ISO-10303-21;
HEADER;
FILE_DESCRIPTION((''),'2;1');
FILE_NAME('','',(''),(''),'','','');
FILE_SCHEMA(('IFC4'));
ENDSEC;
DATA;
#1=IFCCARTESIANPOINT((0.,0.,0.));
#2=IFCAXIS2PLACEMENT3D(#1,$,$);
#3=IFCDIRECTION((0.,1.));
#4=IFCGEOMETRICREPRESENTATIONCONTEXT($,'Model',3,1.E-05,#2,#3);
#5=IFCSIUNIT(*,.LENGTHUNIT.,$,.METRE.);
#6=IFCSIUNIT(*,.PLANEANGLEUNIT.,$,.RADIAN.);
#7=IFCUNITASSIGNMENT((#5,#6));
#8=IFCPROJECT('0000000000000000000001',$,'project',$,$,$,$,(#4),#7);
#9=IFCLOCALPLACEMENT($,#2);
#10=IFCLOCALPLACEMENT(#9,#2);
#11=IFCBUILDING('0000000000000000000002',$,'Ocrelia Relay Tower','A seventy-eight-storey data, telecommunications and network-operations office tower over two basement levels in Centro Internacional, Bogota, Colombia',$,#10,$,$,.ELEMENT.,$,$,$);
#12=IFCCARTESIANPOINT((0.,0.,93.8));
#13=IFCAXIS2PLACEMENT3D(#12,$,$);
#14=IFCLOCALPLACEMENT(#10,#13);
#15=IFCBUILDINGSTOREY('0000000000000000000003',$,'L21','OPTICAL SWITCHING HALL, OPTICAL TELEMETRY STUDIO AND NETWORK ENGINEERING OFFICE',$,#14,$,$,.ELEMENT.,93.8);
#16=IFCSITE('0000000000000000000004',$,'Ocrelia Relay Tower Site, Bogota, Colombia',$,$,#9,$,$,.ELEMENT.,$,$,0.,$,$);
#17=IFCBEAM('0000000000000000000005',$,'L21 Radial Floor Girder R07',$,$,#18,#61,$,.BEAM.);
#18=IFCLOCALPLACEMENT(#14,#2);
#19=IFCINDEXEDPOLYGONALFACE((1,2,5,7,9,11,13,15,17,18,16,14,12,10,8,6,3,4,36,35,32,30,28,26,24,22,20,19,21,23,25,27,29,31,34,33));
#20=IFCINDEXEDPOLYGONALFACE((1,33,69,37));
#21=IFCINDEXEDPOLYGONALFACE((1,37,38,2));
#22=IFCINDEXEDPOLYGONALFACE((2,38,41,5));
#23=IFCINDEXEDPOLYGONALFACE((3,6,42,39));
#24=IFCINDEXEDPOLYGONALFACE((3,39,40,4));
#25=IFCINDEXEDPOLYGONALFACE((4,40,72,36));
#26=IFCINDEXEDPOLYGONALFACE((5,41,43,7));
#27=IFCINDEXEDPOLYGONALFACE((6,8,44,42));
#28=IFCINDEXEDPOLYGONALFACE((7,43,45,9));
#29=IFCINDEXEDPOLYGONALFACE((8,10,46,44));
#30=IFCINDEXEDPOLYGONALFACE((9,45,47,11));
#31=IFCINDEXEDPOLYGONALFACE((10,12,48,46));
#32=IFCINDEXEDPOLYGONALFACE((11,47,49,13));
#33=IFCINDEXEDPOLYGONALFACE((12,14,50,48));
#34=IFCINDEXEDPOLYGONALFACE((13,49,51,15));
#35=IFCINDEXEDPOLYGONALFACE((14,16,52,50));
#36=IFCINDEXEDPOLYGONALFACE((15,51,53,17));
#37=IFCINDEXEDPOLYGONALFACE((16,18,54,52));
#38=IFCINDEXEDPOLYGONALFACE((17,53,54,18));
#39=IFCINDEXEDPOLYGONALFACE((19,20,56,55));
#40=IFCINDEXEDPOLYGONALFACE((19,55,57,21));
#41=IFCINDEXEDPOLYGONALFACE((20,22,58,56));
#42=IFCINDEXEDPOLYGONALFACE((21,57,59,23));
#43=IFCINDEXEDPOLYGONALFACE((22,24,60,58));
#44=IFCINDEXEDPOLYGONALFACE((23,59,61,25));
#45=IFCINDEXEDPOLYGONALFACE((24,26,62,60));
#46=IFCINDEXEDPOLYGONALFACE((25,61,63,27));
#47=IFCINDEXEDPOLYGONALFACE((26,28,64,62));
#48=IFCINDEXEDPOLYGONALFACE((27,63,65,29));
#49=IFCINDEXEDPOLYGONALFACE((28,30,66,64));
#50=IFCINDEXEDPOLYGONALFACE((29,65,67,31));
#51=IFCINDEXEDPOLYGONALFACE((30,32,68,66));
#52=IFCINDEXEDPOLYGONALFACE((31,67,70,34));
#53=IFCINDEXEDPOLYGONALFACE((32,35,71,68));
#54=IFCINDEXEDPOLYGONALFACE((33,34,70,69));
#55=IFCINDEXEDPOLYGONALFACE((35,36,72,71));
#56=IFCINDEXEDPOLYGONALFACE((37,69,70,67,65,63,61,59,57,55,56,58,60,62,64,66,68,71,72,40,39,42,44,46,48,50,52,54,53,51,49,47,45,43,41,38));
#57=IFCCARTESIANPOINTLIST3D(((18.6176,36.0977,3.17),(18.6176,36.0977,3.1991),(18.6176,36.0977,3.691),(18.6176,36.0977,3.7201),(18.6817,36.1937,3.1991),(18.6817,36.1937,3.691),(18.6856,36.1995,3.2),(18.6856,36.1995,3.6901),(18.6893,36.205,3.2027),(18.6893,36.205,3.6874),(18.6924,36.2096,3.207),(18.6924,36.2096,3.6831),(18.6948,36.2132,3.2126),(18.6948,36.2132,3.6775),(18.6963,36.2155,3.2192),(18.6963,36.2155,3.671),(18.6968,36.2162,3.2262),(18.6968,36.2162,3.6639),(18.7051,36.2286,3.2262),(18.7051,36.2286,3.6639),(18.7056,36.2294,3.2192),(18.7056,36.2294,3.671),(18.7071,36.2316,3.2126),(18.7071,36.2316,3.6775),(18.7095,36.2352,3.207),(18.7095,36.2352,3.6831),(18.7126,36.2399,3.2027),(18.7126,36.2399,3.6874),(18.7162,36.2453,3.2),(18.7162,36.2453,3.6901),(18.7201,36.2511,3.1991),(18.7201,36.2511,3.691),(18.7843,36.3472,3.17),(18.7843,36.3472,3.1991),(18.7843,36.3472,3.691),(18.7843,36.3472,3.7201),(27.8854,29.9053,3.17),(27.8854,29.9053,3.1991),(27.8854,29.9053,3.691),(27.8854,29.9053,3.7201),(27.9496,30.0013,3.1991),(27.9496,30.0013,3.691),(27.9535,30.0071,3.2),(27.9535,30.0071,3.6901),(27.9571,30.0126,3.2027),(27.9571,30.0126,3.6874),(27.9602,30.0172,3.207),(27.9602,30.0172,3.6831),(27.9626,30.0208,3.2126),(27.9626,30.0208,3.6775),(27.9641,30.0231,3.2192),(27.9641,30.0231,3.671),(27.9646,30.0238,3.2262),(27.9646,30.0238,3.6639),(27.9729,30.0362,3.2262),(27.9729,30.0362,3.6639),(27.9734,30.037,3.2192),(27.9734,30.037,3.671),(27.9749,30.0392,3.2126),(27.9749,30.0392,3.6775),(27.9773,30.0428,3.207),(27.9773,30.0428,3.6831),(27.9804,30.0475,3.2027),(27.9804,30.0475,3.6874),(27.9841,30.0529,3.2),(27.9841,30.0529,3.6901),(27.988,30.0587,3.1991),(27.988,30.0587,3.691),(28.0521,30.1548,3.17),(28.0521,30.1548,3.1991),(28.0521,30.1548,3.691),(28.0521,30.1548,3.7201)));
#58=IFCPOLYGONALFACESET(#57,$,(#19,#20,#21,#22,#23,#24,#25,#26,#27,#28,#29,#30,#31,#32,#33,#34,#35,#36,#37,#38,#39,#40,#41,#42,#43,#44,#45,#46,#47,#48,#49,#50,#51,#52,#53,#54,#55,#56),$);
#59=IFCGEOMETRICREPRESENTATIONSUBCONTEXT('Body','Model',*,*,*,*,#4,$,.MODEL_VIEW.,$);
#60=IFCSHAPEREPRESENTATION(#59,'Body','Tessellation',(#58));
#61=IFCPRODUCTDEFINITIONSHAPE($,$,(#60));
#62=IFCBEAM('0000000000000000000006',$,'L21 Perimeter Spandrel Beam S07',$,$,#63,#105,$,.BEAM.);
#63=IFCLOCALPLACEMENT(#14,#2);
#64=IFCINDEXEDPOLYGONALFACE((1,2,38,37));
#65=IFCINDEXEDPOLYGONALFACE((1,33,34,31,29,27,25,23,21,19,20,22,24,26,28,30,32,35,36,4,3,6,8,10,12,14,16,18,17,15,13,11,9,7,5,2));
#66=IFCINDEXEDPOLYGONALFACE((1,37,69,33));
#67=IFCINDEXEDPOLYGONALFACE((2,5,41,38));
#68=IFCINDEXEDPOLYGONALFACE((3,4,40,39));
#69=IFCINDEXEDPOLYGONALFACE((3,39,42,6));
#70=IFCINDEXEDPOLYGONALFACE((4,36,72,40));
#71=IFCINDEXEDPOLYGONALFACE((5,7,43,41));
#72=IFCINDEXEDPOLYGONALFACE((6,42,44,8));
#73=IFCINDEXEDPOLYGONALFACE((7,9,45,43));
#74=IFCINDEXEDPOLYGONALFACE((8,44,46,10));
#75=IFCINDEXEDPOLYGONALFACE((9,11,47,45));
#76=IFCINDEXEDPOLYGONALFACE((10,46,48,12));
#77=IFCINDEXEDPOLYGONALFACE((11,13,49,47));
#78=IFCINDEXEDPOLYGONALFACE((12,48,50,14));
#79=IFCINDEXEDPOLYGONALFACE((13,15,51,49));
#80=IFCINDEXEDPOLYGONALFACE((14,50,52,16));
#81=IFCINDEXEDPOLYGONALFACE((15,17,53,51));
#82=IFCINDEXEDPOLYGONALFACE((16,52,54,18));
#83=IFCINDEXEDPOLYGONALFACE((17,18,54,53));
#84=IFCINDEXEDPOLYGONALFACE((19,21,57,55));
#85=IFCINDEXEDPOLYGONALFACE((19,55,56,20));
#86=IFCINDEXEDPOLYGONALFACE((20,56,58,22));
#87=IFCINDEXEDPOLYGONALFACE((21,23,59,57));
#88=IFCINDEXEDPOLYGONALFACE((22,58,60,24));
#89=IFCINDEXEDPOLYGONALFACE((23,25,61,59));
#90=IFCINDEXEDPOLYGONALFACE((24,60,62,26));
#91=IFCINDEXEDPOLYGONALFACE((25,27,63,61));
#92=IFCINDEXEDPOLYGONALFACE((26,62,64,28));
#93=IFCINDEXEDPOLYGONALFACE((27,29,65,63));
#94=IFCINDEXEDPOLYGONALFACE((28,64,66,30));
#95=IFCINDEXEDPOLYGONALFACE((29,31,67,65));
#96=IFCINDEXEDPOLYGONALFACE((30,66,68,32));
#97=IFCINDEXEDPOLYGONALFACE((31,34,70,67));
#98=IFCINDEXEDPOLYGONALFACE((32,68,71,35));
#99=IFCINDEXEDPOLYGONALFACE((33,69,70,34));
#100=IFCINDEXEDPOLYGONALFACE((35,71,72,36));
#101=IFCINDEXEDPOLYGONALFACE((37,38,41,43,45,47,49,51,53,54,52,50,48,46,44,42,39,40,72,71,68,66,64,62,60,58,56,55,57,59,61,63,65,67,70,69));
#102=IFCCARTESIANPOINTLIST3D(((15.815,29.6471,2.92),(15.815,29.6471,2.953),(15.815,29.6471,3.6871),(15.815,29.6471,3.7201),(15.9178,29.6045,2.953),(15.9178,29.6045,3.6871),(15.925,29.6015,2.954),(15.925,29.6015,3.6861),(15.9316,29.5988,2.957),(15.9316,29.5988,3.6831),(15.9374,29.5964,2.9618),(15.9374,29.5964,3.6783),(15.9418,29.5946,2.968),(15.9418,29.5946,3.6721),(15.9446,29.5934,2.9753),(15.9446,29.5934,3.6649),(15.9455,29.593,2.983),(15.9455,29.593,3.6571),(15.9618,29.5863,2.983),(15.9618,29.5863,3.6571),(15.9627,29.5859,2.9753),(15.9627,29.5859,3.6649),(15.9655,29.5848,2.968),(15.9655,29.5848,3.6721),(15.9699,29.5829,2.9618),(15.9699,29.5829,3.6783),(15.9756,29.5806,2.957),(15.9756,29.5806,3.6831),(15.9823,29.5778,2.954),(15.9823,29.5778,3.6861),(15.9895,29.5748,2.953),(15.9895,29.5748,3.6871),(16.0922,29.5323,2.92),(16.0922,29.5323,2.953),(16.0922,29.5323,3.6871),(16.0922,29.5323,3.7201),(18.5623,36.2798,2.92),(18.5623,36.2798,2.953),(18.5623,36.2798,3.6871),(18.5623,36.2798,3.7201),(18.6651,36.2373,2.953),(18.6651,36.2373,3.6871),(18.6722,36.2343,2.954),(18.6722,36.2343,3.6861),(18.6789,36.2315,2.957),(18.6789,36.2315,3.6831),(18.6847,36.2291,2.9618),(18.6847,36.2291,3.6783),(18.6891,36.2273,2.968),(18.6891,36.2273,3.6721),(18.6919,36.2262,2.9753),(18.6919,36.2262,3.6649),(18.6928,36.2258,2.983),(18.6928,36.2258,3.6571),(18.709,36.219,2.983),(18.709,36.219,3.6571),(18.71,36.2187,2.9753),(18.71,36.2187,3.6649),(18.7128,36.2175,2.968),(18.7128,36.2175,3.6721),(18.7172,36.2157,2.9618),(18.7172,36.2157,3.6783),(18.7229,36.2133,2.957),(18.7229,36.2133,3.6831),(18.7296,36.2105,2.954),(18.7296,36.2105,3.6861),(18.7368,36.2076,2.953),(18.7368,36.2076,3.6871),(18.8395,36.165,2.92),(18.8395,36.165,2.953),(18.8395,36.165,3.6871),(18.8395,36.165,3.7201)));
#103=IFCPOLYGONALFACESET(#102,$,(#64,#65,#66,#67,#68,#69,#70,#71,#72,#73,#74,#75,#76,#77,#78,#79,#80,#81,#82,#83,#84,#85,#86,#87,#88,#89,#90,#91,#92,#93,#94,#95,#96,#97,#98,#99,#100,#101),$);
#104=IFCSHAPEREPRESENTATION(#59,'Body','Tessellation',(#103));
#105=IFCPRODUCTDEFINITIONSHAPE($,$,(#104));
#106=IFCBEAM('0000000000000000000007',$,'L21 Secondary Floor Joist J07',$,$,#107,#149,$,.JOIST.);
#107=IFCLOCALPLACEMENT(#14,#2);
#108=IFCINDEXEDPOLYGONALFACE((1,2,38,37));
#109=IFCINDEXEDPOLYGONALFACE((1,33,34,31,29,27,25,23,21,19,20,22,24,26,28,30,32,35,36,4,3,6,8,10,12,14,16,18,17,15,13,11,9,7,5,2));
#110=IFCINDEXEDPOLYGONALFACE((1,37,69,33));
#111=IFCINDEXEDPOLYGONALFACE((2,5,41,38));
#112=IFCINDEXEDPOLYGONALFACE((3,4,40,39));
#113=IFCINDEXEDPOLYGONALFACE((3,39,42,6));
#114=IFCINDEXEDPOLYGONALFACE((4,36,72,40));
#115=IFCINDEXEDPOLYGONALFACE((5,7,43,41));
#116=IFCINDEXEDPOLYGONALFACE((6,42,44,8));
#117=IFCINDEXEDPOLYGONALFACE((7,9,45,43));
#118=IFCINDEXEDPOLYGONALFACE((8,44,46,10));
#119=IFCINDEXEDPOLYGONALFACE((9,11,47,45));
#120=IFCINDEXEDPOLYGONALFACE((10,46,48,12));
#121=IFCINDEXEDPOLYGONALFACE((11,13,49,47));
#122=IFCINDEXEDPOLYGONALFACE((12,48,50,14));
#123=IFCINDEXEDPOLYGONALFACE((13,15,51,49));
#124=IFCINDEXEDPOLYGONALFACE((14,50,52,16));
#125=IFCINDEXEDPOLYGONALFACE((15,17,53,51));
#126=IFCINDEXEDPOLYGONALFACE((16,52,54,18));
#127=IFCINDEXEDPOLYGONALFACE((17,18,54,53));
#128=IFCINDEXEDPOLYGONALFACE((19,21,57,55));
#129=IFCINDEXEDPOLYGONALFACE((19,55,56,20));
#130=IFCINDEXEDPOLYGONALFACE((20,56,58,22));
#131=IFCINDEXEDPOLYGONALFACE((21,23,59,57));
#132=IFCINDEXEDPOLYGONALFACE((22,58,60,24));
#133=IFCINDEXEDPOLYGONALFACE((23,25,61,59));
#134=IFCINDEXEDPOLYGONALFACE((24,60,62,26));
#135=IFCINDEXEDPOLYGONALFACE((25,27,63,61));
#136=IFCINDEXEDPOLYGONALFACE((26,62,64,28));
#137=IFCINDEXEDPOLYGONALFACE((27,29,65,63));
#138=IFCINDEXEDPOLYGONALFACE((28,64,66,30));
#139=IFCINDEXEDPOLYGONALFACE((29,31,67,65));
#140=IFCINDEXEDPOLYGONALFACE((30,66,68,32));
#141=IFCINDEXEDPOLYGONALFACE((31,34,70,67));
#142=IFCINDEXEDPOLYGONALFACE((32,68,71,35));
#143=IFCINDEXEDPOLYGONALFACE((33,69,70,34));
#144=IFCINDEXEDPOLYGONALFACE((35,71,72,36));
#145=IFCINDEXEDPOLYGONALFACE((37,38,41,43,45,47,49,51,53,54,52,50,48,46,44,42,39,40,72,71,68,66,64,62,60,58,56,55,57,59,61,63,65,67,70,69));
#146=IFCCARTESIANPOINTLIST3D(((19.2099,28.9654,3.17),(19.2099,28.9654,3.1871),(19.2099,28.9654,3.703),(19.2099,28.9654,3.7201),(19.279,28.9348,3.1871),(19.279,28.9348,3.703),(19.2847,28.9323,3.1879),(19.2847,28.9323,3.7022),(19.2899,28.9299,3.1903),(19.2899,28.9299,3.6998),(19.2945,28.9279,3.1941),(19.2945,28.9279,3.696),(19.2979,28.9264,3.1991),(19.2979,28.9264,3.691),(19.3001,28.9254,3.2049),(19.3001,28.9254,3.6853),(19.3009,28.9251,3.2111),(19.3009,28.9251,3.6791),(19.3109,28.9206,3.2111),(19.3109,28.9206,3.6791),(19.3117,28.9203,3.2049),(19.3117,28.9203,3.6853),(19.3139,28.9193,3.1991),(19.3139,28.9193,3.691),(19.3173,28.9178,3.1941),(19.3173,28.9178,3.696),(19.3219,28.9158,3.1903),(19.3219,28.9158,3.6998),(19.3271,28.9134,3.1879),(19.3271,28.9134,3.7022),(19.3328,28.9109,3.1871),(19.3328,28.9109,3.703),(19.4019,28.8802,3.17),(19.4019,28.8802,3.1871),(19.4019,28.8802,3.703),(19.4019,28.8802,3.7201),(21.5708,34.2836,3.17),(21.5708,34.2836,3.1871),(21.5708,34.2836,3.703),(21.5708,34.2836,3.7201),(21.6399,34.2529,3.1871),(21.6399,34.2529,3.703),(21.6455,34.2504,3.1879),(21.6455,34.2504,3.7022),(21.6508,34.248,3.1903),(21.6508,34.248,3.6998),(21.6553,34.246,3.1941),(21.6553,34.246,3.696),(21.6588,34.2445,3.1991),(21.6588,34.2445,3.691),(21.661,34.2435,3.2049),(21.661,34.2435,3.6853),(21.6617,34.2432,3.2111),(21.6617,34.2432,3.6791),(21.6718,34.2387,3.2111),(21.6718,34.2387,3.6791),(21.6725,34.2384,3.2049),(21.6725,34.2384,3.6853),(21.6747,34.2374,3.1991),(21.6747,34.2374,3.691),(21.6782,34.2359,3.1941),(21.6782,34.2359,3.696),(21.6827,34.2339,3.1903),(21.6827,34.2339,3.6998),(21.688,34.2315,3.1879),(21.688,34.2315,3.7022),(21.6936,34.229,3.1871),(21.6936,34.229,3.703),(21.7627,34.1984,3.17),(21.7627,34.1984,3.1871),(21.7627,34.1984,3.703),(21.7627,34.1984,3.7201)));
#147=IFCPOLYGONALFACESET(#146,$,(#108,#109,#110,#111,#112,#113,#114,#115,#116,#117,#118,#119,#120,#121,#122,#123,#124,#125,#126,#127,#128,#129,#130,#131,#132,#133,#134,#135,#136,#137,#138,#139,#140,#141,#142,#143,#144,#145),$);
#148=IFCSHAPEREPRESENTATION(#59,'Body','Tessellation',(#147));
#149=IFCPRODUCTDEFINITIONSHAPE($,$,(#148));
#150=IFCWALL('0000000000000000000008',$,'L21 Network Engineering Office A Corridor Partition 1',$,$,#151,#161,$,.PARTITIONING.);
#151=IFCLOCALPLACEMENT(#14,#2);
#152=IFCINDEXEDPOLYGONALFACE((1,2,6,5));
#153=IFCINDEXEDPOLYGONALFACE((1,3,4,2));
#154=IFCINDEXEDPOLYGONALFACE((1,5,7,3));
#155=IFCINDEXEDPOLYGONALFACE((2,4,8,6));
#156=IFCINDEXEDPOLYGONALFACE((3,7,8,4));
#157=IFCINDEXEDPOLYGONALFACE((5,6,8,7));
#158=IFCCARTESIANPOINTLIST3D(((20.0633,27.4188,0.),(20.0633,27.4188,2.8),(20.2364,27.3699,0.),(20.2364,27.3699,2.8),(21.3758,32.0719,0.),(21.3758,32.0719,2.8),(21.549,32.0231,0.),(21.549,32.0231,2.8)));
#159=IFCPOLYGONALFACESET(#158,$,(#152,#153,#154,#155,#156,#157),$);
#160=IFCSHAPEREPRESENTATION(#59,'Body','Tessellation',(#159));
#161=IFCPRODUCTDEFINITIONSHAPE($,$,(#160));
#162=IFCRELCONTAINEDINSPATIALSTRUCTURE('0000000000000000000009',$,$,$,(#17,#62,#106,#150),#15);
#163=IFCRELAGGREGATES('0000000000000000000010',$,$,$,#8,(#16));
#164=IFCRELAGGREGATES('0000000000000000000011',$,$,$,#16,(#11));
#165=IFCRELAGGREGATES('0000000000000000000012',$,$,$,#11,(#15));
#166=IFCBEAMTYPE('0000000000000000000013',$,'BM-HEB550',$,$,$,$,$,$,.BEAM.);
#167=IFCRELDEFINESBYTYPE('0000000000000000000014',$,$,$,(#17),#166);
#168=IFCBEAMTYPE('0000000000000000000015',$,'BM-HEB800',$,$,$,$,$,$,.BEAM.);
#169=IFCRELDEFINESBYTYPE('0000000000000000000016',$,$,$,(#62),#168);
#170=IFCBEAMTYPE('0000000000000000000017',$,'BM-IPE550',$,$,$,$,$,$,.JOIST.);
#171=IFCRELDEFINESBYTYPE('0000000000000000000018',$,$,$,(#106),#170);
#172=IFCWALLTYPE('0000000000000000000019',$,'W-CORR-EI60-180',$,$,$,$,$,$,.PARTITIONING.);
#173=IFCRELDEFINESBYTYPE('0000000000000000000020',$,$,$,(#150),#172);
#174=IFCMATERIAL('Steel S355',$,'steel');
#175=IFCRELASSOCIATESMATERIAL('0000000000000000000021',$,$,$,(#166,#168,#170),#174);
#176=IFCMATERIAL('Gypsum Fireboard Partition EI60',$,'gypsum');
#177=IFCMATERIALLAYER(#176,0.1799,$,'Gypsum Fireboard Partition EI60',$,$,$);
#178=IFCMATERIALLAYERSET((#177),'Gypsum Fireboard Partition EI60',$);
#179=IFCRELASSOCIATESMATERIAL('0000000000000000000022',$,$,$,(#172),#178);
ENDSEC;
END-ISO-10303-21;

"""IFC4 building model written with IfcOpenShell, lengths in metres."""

from ifc_helpers import new_model, si_unit, direction, frame, frame_2d, origin, origin_2d, place, context, subcontext, project, spatial, rectangle, i_section, extrude, material, layer, layer_set, material_profile, profile_set, type_object, element, save


model = new_model("IFC4")

# Units and contexts
model_context = context("Model", 3, precision=1e-05, world=origin(), true_north=direction((0.0, 1.0)))
body_context = subcontext(model_context, "Body", "Model", "MODEL_VIEW")
ifc_project = project(units=[si_unit("LENGTHUNIT", "METRE"), si_unit("PLANEANGLEUNIT", "RADIAN")], contexts=[model_context])

# Site, building, storey
site_placement = place(None, origin())
site = spatial("IfcSite", under=ifc_project, at=site_placement, Name="Ocrelia Relay Tower Site, Bogota, Colombia", CompositionType="ELEMENT", RefElevation=0.0)
building_placement = place(site_placement, origin())
building = spatial("IfcBuilding", under=site, at=building_placement, Name="Ocrelia Relay Tower", Description="A seventy-eight-storey data, telecommunications and network-operations office tower over two basement levels in Centro Internacional, Bogota, Colombia", CompositionType="ELEMENT")
storey_placement = place(building_placement, frame((0.0, 0.0, 93.8)))
storey = spatial("IfcBuildingStorey", under=building, at=storey_placement, Name="L21", Description="OPTICAL SWITCHING HALL, OPTICAL TELEMETRY STUDIO AND NETWORK ENGINEERING OFFICE", CompositionType="ELEMENT", Elevation=93.8)

# Beams
ifc_material_1 = material(Name="Steel S355", Category="steel")
ifc_material_profile_1 = material_profile(ifc_material_1, i_section(OverallWidth=0.3, OverallDepth=0.55, WebThickness=0.0149, FlangeThickness=0.0291, FilletRadius=0.0271, at=origin_2d()), Name="HEB 550")
ifc_profile_set_1 = profile_set([ifc_material_profile_1], Name="Steel S355")
beam_type_1 = type_object("IfcBeamType", Name="BM-HEB550", PredefinedType="BEAM", material=ifc_profile_set_1)
beam_1_placement = place(storey_placement, frame((18.7009, 36.2224, 3.4451), z_axis=(0.831477, -0.555559, 0.0), x_axis=(0.555559, 0.831477, 0.0)))
element("IfcBeam", 1, at=beam_1_placement, inside=storey, type_object=beam_type_1, Name="L21 Radial Floor Girder R07", PredefinedType="BEAM", context=body_context, shape_type="SweptSolid", body=[
    extrude(i_section(OverallWidth=0.3, OverallDepth=0.55, WebThickness=0.0149, FlangeThickness=0.0291, FilletRadius=0.0271, at=origin_2d()), origin(), (0.0, 0.0, 1.0), 11.1462),
])
ifc_material_profile_2 = material_profile(ifc_material_1, i_section(OverallWidth=0.3, OverallDepth=0.8, WebThickness=0.0176, FlangeThickness=0.033, FilletRadius=0.03, at=origin_2d()), Name="HEB 800")
ifc_profile_set_2 = profile_set([ifc_material_profile_2], Name="Steel S355")
beam_type_2 = type_object("IfcBeamType", Name="BM-HEB800", PredefinedType="BEAM", material=ifc_profile_set_2)
beam_2_placement = place(storey_placement, frame((18.7009, 36.2224, 3.3201), z_axis=(-0.382673, -0.923884, 0.0), x_axis=(0.923884, -0.382673, 0.0)))
element("IfcBeam", 2, at=beam_2_placement, inside=storey, type_object=beam_type_2, Name="L21 Perimeter Spandrel Beam S07", PredefinedType="BEAM", context=body_context, shape_type="SweptSolid", body=[
    extrude(i_section(OverallWidth=0.3, OverallDepth=0.8, WebThickness=0.0176, FlangeThickness=0.033, FilletRadius=0.03, at=origin_2d()), origin(), (0.0, 0.0, 1.0), 7.1792),
])
ifc_material_profile_3 = material_profile(ifc_material_1, i_section(OverallWidth=0.21, OverallDepth=0.55, WebThickness=0.011, FlangeThickness=0.0171, FilletRadius=0.0239, at=origin_2d()), Name="IPE 550")
ifc_profile_set_3 = profile_set([ifc_material_profile_3], Name="Steel S355")
beam_type_3 = type_object("IfcBeamType", Name="BM-IPE550", PredefinedType="JOIST", material=ifc_profile_set_3)
beam_3_placement = place(storey_placement, frame((21.6667, 34.241, 3.4451), z_axis=(-0.405741, -0.913988, 0.0), x_axis=(0.913988, -0.405741, 0.0)))
element("IfcBeam", 3, at=beam_3_placement, inside=storey, type_object=beam_type_3, Name="L21 Secondary Floor Joist J07", PredefinedType="JOIST", context=body_context, shape_type="SweptSolid", body=[
    extrude(i_section(OverallWidth=0.21, OverallDepth=0.55, WebThickness=0.011, FlangeThickness=0.0171, FilletRadius=0.0239, at=origin_2d()), origin(), (0.0, 0.0, 1.0), 5.8186),
])

# Wall
ifc_material_2 = material(Name="Gypsum Fireboard Partition EI60", Category="gypsum")
ifc_layer_1 = layer(ifc_material_2, 0.1799, Name="Gypsum Fireboard Partition EI60")
ifc_layer_set_1 = layer_set([ifc_layer_1], Name="Gypsum Fireboard Partition EI60")
wall_type_1 = type_object("IfcWallType", Name="W-CORR-EI60-180", PredefinedType="PARTITIONING", material=ifc_layer_set_1)
wall_1_placement = place(storey_placement, frame((21.4624, 32.0476, 0.0), z_axis=(0.0, 0.0, 1.0), x_axis=(-0.271478, -0.962445, 0.0)))
element("IfcWall", 4, at=wall_1_placement, inside=storey, type_object=wall_type_1, Name="L21 Network Engineering Office A Corridor Partition 1", PredefinedType="PARTITIONING", context=body_context, shape_type="SweptSolid", body=[
    extrude(rectangle(XDim=4.8347, YDim=0.1799, at=frame_2d((2.4175, 0.0))), origin(), (0.0, 0.0, 1.0), 2.8),
])

save(model, "model.ifc")
